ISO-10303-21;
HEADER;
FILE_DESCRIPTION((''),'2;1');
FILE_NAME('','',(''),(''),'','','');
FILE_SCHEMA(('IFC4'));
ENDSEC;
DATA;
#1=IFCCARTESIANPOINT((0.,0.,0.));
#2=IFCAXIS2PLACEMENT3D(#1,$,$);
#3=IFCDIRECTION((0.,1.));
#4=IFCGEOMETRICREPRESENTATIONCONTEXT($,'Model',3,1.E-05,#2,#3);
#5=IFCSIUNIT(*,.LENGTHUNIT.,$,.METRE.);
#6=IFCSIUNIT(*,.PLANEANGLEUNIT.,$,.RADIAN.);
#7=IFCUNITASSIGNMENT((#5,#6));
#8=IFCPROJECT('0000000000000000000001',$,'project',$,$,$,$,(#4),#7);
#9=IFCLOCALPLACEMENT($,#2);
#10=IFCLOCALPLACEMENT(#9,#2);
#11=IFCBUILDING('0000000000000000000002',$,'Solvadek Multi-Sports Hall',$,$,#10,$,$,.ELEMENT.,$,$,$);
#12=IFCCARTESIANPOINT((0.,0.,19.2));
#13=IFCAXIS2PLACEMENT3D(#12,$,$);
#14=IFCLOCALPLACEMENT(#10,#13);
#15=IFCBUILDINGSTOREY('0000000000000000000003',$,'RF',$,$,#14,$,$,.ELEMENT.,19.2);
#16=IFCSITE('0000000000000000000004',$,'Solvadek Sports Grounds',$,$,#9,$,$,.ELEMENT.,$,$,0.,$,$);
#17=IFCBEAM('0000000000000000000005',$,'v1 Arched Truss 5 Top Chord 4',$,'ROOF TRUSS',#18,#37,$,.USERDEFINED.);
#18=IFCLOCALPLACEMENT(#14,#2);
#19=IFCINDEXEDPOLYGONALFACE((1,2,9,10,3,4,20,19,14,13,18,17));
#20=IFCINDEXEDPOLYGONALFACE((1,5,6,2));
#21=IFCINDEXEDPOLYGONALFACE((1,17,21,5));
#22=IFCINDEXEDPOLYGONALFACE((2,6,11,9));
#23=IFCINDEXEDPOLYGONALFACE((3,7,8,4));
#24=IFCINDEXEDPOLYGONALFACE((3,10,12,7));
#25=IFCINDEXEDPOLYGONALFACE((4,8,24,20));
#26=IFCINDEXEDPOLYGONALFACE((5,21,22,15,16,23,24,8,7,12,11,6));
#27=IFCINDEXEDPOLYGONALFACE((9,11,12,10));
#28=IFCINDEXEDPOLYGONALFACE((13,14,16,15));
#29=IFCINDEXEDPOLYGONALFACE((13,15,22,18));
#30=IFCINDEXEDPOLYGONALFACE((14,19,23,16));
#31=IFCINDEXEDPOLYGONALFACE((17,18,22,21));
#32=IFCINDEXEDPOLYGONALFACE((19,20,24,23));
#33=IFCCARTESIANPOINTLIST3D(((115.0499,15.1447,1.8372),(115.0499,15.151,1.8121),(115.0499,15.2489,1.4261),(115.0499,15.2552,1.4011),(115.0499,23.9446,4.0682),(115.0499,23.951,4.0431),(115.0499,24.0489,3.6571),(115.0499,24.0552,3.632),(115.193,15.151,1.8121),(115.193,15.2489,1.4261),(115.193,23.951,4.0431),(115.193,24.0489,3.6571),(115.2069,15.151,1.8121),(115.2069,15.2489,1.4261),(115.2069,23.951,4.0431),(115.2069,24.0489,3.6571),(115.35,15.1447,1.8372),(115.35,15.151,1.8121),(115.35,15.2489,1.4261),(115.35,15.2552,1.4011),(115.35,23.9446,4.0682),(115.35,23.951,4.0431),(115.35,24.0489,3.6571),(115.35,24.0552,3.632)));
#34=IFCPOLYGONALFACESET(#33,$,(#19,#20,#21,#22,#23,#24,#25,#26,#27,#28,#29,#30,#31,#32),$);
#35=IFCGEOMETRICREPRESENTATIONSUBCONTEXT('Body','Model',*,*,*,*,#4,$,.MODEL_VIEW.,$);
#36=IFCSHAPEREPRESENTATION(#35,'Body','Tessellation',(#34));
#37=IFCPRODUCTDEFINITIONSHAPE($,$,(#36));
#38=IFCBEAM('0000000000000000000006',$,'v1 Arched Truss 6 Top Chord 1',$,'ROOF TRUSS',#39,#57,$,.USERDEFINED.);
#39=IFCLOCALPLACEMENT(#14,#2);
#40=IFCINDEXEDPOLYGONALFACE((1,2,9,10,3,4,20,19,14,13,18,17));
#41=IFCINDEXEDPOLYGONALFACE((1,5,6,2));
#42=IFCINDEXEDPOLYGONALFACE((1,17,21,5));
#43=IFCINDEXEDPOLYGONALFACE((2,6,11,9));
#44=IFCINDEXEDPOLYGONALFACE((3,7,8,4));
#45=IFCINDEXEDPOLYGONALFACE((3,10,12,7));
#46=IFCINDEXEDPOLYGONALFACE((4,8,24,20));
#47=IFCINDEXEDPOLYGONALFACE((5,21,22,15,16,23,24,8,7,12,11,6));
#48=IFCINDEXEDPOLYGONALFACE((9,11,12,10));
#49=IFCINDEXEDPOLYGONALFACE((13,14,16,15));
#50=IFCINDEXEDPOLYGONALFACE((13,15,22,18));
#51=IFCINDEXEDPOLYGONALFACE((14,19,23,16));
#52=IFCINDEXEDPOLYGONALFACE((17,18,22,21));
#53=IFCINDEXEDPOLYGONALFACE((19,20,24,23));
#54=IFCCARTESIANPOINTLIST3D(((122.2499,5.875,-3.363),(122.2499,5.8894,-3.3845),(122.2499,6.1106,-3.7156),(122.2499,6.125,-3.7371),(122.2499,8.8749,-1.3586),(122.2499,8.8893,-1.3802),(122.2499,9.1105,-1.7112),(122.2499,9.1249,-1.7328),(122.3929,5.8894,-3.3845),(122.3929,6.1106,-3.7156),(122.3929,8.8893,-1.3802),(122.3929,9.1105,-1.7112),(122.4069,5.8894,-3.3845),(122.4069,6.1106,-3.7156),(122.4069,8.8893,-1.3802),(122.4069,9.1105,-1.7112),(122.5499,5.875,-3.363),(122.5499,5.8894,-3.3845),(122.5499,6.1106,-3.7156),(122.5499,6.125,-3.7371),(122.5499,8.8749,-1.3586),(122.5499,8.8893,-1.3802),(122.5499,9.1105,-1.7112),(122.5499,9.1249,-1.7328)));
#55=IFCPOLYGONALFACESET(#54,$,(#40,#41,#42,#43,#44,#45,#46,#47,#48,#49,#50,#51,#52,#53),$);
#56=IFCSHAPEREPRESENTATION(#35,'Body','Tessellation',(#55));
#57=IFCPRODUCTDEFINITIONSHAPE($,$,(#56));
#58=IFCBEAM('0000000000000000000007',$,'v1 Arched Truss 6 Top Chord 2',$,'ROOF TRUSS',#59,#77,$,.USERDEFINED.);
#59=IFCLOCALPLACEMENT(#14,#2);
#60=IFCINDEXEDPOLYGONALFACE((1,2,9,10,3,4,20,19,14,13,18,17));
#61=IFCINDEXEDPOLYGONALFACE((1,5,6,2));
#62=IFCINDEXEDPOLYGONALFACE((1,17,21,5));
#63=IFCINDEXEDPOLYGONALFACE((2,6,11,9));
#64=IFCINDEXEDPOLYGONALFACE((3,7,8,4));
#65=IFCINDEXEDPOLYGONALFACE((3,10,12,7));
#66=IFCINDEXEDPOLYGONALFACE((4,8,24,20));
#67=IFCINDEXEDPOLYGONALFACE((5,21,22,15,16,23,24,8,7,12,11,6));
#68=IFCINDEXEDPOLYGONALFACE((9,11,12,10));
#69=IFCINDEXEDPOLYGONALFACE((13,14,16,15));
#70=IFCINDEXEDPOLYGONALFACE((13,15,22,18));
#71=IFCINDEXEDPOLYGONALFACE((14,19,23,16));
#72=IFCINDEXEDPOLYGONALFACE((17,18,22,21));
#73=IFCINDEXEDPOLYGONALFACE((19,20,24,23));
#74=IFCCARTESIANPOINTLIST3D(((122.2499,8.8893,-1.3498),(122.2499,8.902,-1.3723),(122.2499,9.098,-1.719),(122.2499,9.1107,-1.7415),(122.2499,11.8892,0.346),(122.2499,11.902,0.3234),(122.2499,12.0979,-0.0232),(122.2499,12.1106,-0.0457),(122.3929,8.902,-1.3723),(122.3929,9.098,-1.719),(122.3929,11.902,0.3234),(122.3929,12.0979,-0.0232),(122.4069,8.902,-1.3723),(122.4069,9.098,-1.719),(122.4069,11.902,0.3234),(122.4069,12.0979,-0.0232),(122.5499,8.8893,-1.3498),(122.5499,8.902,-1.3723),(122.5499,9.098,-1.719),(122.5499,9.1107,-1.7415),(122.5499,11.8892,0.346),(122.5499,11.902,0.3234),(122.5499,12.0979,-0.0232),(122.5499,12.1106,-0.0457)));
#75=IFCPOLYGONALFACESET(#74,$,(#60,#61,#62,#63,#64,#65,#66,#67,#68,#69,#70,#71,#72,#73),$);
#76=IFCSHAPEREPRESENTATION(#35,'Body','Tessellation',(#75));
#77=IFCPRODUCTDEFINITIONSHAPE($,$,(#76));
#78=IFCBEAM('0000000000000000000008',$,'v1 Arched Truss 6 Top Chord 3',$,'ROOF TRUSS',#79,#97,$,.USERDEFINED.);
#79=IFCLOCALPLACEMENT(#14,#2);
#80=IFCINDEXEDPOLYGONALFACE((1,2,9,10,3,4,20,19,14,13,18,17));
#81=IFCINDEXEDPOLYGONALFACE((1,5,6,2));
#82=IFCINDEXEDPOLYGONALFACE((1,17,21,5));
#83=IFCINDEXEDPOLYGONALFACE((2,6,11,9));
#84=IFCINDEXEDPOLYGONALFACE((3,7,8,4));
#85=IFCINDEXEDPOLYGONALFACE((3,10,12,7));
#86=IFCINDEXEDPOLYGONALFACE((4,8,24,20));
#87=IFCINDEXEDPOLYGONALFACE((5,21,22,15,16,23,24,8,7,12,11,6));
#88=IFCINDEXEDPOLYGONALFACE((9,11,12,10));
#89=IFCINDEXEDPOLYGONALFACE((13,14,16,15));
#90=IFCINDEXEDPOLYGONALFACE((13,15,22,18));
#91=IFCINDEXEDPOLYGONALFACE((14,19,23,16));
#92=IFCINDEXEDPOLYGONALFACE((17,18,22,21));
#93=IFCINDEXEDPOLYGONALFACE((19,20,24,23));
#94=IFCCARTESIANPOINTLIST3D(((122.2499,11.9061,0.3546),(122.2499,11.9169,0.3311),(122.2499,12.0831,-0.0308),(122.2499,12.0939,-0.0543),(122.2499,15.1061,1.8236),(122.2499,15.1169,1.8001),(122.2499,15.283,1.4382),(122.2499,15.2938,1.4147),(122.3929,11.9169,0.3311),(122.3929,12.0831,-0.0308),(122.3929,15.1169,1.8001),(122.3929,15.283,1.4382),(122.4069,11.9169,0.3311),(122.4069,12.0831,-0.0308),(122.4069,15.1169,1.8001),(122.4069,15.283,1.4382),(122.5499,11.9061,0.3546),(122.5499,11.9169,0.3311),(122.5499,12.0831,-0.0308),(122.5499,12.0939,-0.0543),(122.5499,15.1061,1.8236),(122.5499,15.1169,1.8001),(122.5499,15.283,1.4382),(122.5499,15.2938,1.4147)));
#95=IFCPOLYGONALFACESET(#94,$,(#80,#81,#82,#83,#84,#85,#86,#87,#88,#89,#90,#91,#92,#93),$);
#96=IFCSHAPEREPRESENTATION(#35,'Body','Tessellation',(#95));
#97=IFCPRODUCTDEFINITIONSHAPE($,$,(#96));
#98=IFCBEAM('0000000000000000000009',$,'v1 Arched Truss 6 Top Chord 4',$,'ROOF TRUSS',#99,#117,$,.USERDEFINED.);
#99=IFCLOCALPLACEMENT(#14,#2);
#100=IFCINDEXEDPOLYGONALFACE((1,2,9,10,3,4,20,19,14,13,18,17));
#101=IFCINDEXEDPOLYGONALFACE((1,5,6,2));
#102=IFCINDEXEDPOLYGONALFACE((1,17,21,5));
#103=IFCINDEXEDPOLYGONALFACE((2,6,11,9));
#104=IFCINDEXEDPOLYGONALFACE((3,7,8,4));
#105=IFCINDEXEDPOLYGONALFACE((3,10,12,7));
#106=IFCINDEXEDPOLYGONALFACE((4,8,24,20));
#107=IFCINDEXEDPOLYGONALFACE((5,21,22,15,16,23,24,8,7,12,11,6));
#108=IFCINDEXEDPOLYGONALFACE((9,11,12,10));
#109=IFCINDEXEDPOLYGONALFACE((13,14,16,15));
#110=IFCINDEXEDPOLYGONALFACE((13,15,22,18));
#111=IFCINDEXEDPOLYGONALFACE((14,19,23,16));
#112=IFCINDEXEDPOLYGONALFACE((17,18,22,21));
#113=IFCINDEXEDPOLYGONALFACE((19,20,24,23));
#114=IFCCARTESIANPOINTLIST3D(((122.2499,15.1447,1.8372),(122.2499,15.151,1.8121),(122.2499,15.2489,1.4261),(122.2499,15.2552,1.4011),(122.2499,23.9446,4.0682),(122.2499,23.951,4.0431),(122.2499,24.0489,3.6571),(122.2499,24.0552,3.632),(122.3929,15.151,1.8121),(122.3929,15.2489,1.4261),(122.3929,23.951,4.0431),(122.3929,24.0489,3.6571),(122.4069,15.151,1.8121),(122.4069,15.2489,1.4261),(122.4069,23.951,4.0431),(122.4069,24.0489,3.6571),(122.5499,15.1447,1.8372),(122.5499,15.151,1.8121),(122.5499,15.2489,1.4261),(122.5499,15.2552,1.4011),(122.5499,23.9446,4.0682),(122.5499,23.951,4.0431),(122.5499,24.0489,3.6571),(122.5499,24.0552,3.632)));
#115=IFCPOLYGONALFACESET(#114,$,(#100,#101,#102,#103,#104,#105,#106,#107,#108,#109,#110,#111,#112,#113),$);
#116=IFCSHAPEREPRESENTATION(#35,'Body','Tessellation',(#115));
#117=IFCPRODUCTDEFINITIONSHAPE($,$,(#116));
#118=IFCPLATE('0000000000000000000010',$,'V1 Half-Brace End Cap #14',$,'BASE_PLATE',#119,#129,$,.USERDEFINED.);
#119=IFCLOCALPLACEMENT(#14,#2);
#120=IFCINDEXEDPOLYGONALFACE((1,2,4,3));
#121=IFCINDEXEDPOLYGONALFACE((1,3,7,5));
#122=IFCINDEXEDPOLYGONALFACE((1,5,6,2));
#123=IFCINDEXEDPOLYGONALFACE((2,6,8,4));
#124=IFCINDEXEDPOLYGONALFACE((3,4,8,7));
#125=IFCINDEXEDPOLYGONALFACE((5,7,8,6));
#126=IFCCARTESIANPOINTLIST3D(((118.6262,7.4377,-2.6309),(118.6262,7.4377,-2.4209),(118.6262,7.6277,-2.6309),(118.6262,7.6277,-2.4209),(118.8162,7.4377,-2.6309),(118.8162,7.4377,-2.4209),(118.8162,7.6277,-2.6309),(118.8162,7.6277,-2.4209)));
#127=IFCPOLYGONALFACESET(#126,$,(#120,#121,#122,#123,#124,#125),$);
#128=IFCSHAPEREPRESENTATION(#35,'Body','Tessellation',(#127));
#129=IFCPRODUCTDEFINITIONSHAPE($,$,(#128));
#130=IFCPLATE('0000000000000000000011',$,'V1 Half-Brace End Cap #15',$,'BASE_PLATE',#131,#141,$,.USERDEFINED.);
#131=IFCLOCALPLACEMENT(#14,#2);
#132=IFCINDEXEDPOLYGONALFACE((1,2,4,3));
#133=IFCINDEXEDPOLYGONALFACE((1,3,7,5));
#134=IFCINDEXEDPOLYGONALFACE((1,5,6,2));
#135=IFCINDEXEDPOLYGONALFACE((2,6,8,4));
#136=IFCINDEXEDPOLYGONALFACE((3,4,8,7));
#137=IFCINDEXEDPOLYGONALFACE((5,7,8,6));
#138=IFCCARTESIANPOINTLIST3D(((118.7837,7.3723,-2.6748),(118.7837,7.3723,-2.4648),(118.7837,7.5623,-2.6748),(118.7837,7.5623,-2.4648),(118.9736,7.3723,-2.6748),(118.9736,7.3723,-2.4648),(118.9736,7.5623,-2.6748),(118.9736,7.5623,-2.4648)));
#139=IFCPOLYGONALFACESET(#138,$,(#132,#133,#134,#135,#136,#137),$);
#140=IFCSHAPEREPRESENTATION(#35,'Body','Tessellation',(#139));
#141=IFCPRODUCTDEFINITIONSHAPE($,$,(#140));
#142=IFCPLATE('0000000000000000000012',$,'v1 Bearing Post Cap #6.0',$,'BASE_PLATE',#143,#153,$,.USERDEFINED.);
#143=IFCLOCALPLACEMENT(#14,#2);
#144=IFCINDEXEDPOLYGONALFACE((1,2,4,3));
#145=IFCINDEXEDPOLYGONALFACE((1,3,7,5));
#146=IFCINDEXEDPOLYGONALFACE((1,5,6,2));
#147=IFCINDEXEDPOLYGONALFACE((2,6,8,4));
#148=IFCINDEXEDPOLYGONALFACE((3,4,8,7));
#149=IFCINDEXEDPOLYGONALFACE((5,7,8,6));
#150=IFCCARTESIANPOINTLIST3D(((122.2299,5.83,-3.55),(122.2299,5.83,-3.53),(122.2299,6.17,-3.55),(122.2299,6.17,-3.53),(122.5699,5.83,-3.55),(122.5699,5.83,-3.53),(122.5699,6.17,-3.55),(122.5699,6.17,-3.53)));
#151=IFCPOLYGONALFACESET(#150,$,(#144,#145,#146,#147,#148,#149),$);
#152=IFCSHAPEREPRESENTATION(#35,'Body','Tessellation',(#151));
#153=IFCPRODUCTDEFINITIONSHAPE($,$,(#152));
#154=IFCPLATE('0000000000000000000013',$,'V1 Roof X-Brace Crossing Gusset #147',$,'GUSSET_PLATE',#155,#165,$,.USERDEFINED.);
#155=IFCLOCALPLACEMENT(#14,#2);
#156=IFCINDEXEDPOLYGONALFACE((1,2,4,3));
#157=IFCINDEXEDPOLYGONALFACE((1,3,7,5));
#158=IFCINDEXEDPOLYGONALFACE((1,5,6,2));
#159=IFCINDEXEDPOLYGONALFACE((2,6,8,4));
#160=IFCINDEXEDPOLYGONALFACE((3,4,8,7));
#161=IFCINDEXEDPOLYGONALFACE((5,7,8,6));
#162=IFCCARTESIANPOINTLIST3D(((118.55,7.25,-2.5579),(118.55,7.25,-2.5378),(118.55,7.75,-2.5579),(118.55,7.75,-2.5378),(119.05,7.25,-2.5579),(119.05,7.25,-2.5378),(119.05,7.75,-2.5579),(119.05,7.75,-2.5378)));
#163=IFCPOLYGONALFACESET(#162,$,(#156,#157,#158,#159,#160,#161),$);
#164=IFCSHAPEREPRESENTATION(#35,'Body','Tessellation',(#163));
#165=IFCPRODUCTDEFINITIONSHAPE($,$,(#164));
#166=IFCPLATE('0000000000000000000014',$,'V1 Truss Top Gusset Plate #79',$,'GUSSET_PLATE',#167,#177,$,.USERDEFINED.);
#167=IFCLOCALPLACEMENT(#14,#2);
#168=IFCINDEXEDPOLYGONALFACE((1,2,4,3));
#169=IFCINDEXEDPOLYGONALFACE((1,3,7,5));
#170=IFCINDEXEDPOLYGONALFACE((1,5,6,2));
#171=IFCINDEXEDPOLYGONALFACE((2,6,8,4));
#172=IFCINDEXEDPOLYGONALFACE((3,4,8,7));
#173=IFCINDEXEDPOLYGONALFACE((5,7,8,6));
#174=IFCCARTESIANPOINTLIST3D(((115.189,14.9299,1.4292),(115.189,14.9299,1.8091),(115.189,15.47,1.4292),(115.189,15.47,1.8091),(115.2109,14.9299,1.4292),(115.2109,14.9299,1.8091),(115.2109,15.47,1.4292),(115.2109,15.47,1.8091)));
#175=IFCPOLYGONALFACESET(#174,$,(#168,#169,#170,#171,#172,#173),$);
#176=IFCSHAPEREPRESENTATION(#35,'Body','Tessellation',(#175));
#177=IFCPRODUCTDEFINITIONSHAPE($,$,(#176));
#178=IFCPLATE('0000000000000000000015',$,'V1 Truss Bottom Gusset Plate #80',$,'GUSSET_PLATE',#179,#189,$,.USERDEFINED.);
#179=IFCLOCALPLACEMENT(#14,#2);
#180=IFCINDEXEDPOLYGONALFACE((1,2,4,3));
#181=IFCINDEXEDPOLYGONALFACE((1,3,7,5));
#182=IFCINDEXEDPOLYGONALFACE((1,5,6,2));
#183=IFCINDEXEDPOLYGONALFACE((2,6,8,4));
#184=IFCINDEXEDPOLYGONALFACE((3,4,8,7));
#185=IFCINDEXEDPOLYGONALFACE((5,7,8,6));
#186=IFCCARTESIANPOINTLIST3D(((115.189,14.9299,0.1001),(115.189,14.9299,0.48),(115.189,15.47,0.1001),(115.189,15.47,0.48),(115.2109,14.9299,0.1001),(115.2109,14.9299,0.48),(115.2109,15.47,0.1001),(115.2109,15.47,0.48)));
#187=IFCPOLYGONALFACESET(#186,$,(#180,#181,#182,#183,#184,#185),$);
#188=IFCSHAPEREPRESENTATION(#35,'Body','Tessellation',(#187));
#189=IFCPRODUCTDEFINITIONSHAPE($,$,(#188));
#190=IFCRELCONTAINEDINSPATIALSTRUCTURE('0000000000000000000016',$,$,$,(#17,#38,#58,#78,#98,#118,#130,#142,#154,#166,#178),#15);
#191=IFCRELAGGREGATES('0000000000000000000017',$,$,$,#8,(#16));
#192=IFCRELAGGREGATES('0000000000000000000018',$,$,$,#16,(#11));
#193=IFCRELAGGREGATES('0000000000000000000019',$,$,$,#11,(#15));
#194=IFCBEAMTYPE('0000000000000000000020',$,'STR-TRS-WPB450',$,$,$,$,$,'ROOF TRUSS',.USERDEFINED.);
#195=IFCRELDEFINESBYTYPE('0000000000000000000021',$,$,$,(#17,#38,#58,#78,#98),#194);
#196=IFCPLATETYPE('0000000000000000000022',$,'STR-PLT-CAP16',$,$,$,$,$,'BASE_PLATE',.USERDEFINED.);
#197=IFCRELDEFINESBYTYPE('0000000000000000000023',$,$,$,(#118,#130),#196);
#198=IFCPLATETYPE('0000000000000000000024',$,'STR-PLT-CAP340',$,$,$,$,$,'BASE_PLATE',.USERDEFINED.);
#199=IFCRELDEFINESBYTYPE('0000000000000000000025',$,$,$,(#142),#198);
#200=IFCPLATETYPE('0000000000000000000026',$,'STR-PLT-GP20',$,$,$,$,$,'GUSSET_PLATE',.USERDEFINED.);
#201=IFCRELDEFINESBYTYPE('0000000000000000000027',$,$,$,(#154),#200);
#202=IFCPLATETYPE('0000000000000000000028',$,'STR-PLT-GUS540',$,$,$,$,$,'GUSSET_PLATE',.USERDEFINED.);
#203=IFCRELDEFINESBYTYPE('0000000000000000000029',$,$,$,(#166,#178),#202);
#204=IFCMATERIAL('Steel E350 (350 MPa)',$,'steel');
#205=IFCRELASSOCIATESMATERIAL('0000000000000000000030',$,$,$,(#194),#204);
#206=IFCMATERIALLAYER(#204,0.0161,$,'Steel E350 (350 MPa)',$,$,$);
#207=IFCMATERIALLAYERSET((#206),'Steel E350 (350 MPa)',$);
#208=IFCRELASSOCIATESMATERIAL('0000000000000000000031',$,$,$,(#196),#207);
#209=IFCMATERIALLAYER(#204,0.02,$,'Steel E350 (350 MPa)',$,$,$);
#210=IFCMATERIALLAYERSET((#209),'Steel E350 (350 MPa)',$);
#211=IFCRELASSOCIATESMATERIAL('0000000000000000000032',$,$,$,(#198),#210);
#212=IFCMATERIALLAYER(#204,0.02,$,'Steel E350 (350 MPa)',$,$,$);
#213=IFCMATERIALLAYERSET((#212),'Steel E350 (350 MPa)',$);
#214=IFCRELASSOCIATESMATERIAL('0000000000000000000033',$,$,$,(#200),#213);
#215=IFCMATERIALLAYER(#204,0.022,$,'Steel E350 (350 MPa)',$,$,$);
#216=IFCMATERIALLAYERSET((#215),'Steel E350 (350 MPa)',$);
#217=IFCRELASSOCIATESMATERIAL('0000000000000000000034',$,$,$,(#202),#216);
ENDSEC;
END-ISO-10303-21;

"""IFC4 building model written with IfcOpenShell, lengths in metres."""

from ifc_helpers import new_model, si_unit, direction, frame, origin, origin_2d, place, context, subcontext, project, spatial, rectangle, i_section, extrude, material, layer, layer_set, material_profile, profile_set, type_object, element, save


model = new_model("IFC4")

# Units and contexts
model_context = context("Model", 3, precision=1e-05, world=origin(), true_north=direction((0.0, 1.0)))
body_context = subcontext(model_context, "Body", "Model", "MODEL_VIEW")
ifc_project = project(units=[si_unit("LENGTHUNIT", "METRE"), si_unit("PLANEANGLEUNIT", "RADIAN")], contexts=[model_context])

# Site, building, storey
site_placement = place(None, origin())
site = spatial("IfcSite", under=ifc_project, at=site_placement, Name="Solvadek Sports Grounds", CompositionType="ELEMENT", RefElevation=0.0)
building_placement = place(site_placement, origin())
building = spatial("IfcBuilding", under=site, at=building_placement, Name="Solvadek Multi-Sports Hall", CompositionType="ELEMENT")
storey_placement = place(building_placement, frame((0.0, 0.0, 19.2)))
storey = spatial("IfcBuildingStorey", under=building, at=storey_placement, Name="RF", CompositionType="ELEMENT", Elevation=19.2)

# Shared definitions
ifc_material_1 = material(Name="Steel E350 (350 MPa)", Category="steel")

# Beams
ifc_material_profile_1 = material_profile(ifc_material_1, i_section(OverallWidth=0.3, OverallDepth=0.45, WebThickness=0.0139, FlangeThickness=0.0259, at=origin_2d()), Name="WPB 450")
ifc_profile_set_1 = profile_set([ifc_material_profile_1], Name="Steel E350 (350 MPa)")
beam_type = type_object("IfcBeamType", Name="STR-TRS-WPB450", ElementType="ROOF TRUSS", PredefinedType="USERDEFINED", material=ifc_profile_set_1)
beam_1_placement = place(storey_placement, frame((115.2, 15.2, 1.6191), z_axis=(0.0, 0.969335, 0.245742), x_axis=(-1.0, 0.0, 0.0)))
element("IfcBeam", 1, at=beam_1_placement, inside=storey, type_object=beam_type, Name="v1 Arched Truss 5 Top Chord 4", ObjectType="ROOF TRUSS", PredefinedType="USERDEFINED", context=body_context, shape_type="SweptSolid", body=[
    extrude(i_section(OverallWidth=0.3, OverallDepth=0.45, WebThickness=0.0139, FlangeThickness=0.0259, at=origin_2d()), origin(), (0.0, 0.0, 1.0), 9.0784),
])
beam_2_placement = place(storey_placement, frame((122.3999, 6.0, -3.55), z_axis=(0.0, 0.831488, 0.555543), x_axis=(-1.0, 0.0, 0.0)))
element("IfcBeam", 2, at=beam_2_placement, inside=storey, type_object=beam_type, Name="v1 Arched Truss 6 Top Chord 1", ObjectType="ROOF TRUSS", PredefinedType="USERDEFINED", context=body_context, shape_type="SweptSolid", body=[
    extrude(i_section(OverallWidth=0.3, OverallDepth=0.45, WebThickness=0.0139, FlangeThickness=0.0259, at=origin_2d()), origin(), (0.0, 0.0, 1.0), 3.6079),
])
beam_3_placement = place(storey_placement, frame((122.3999, 9.0, -1.5457), z_axis=(0.0, 0.870544, 0.49209), x_axis=(-1.0, 0.0, 0.0)))
element("IfcBeam", 3, at=beam_3_placement, inside=storey, type_object=beam_type, Name="v1 Arched Truss 6 Top Chord 2", ObjectType="ROOF TRUSS", PredefinedType="USERDEFINED", context=body_context, shape_type="SweptSolid", body=[
    extrude(i_section(OverallWidth=0.3, OverallDepth=0.45, WebThickness=0.0139, FlangeThickness=0.0259, at=origin_2d()), origin(), (0.0, 0.0, 1.0), 3.446),
])
beam_4_placement = place(storey_placement, frame((122.3999, 12.0, 0.1501), z_axis=(0.0, 0.908812, 0.417206), x_axis=(-1.0, 0.0, 0.0)))
element("IfcBeam", 4, at=beam_4_placement, inside=storey, type_object=beam_type, Name="v1 Arched Truss 6 Top Chord 3", ObjectType="ROOF TRUSS", PredefinedType="USERDEFINED", context=body_context, shape_type="SweptSolid", body=[
    extrude(i_section(OverallWidth=0.3, OverallDepth=0.45, WebThickness=0.0139, FlangeThickness=0.0259, at=origin_2d()), origin(), (0.0, 0.0, 1.0), 3.521),
])
beam_5_placement = place(storey_placement, frame((122.3999, 15.2, 1.6191), z_axis=(0.0, 0.969335, 0.245742), x_axis=(-1.0, 0.0, 0.0)))
element("IfcBeam", 5, at=beam_5_placement, inside=storey, type_object=beam_type, Name="v1 Arched Truss 6 Top Chord 4", ObjectType="ROOF TRUSS", PredefinedType="USERDEFINED", context=body_context, shape_type="SweptSolid", body=[
    extrude(i_section(OverallWidth=0.3, OverallDepth=0.45, WebThickness=0.0139, FlangeThickness=0.0259, at=origin_2d()), origin(), (0.0, 0.0, 1.0), 9.0784),
])

# Plates
ifc_layer_1 = layer(ifc_material_1, 0.0161, Name="Steel E350 (350 MPa)")
ifc_layer_set_1 = layer_set([ifc_layer_1], Name="Steel E350 (350 MPa)")
plate_type_1 = type_object("IfcPlateType", Name="STR-PLT-CAP16", ElementType="BASE_PLATE", PredefinedType="USERDEFINED", material=ifc_layer_set_1)
for number, where, z_axis, x_axis, name in (
    (6, (118.7212, 7.5327, -2.6309), (0.0, 0.0, 1.0), (1.0, 0.0, 0.0), "V1 Half-Brace End Cap #14"),
    (7, (118.8787, 7.4673, -2.6748), (0.0, 0.0, 1.0), (1.0, 0.0, 0.0), "V1 Half-Brace End Cap #15"),
):
    element("IfcPlate", number, at=place(storey_placement, frame(where, z_axis=z_axis, x_axis=x_axis)), inside=storey, type_object=plate_type_1, Name=name, ObjectType="BASE_PLATE", PredefinedType="USERDEFINED", context=body_context, shape_type="SweptSolid", body=[
        extrude(rectangle(XDim=0.1899, YDim=0.1899, at=origin_2d()), origin(), (0.0, 0.0, 1.0), 0.21),
    ])
ifc_layer_2 = layer(ifc_material_1, 0.02, Name="Steel E350 (350 MPa)")
ifc_layer_set_2 = layer_set([ifc_layer_2], Name="Steel E350 (350 MPa)")
plate_type_2 = type_object("IfcPlateType", Name="STR-PLT-CAP340", ElementType="BASE_PLATE", PredefinedType="USERDEFINED", material=ifc_layer_set_2)
plate_1_placement = place(storey_placement, frame((122.3999, 6.0, -3.55), z_axis=(0.0, 0.0, 1.0), x_axis=(1.0, 0.0, 0.0)))
element("IfcPlate", 8, at=plate_1_placement, inside=storey, type_object=plate_type_2, Name="v1 Bearing Post Cap #6.0", ObjectType="BASE_PLATE", PredefinedType="USERDEFINED", context=body_context, shape_type="SweptSolid", body=[
    extrude(rectangle(XDim=0.3401, YDim=0.3401, at=origin_2d()), origin(), (0.0, 0.0, 1.0), 0.02),
])
ifc_layer_3 = layer(ifc_material_1, 0.02, Name="Steel E350 (350 MPa)")
ifc_layer_set_3 = layer_set([ifc_layer_3], Name="Steel E350 (350 MPa)")
plate_type_3 = type_object("IfcPlateType", Name="STR-PLT-GP20", ElementType="GUSSET_PLATE", PredefinedType="USERDEFINED", material=ifc_layer_set_3)
plate_2_placement = place(storey_placement, frame((118.8, 7.5, -2.5579), z_axis=(0.0, 0.0, 1.0), x_axis=(1.0, 0.0, 0.0)))
element("IfcPlate", 9, at=plate_2_placement, inside=storey, type_object=plate_type_3, Name="V1 Roof X-Brace Crossing Gusset #147", ObjectType="GUSSET_PLATE", PredefinedType="USERDEFINED", context=body_context, shape_type="SweptSolid", body=[
    extrude(rectangle(XDim=0.5, YDim=0.5, at=origin_2d()), origin(), (0.0, 0.0, 1.0), 0.02),
])
ifc_layer_4 = layer(ifc_material_1, 0.022, Name="Steel E350 (350 MPa)")
ifc_layer_set_4 = layer_set([ifc_layer_4], Name="Steel E350 (350 MPa)")
plate_type_4 = type_object("IfcPlateType", Name="STR-PLT-GUS540", ElementType="GUSSET_PLATE", PredefinedType="USERDEFINED", material=ifc_layer_set_4)
for number, where, z_axis, x_axis, name in (
    (10, (115.2, 15.2, 1.4292), (0.0, 0.0, 1.0), (0.0, 1.0, 0.0), "V1 Truss Top Gusset Plate #79"),
    (11, (115.2, 15.2, 0.1001), (0.0, 0.0, 1.0), (0.0, 1.0, 0.0), "V1 Truss Bottom Gusset Plate #80"),
):
    element("IfcPlate", number, at=place(storey_placement, frame(where, z_axis=z_axis, x_axis=x_axis)), inside=storey, type_object=plate_type_4, Name=name, ObjectType="GUSSET_PLATE", PredefinedType="USERDEFINED", context=body_context, shape_type="SweptSolid", body=[
        extrude(rectangle(XDim=0.54, YDim=0.022, at=origin_2d()), origin(), (0.0, 0.0, 1.0), 0.3799),
    ])

save(model, "model.ifc")
